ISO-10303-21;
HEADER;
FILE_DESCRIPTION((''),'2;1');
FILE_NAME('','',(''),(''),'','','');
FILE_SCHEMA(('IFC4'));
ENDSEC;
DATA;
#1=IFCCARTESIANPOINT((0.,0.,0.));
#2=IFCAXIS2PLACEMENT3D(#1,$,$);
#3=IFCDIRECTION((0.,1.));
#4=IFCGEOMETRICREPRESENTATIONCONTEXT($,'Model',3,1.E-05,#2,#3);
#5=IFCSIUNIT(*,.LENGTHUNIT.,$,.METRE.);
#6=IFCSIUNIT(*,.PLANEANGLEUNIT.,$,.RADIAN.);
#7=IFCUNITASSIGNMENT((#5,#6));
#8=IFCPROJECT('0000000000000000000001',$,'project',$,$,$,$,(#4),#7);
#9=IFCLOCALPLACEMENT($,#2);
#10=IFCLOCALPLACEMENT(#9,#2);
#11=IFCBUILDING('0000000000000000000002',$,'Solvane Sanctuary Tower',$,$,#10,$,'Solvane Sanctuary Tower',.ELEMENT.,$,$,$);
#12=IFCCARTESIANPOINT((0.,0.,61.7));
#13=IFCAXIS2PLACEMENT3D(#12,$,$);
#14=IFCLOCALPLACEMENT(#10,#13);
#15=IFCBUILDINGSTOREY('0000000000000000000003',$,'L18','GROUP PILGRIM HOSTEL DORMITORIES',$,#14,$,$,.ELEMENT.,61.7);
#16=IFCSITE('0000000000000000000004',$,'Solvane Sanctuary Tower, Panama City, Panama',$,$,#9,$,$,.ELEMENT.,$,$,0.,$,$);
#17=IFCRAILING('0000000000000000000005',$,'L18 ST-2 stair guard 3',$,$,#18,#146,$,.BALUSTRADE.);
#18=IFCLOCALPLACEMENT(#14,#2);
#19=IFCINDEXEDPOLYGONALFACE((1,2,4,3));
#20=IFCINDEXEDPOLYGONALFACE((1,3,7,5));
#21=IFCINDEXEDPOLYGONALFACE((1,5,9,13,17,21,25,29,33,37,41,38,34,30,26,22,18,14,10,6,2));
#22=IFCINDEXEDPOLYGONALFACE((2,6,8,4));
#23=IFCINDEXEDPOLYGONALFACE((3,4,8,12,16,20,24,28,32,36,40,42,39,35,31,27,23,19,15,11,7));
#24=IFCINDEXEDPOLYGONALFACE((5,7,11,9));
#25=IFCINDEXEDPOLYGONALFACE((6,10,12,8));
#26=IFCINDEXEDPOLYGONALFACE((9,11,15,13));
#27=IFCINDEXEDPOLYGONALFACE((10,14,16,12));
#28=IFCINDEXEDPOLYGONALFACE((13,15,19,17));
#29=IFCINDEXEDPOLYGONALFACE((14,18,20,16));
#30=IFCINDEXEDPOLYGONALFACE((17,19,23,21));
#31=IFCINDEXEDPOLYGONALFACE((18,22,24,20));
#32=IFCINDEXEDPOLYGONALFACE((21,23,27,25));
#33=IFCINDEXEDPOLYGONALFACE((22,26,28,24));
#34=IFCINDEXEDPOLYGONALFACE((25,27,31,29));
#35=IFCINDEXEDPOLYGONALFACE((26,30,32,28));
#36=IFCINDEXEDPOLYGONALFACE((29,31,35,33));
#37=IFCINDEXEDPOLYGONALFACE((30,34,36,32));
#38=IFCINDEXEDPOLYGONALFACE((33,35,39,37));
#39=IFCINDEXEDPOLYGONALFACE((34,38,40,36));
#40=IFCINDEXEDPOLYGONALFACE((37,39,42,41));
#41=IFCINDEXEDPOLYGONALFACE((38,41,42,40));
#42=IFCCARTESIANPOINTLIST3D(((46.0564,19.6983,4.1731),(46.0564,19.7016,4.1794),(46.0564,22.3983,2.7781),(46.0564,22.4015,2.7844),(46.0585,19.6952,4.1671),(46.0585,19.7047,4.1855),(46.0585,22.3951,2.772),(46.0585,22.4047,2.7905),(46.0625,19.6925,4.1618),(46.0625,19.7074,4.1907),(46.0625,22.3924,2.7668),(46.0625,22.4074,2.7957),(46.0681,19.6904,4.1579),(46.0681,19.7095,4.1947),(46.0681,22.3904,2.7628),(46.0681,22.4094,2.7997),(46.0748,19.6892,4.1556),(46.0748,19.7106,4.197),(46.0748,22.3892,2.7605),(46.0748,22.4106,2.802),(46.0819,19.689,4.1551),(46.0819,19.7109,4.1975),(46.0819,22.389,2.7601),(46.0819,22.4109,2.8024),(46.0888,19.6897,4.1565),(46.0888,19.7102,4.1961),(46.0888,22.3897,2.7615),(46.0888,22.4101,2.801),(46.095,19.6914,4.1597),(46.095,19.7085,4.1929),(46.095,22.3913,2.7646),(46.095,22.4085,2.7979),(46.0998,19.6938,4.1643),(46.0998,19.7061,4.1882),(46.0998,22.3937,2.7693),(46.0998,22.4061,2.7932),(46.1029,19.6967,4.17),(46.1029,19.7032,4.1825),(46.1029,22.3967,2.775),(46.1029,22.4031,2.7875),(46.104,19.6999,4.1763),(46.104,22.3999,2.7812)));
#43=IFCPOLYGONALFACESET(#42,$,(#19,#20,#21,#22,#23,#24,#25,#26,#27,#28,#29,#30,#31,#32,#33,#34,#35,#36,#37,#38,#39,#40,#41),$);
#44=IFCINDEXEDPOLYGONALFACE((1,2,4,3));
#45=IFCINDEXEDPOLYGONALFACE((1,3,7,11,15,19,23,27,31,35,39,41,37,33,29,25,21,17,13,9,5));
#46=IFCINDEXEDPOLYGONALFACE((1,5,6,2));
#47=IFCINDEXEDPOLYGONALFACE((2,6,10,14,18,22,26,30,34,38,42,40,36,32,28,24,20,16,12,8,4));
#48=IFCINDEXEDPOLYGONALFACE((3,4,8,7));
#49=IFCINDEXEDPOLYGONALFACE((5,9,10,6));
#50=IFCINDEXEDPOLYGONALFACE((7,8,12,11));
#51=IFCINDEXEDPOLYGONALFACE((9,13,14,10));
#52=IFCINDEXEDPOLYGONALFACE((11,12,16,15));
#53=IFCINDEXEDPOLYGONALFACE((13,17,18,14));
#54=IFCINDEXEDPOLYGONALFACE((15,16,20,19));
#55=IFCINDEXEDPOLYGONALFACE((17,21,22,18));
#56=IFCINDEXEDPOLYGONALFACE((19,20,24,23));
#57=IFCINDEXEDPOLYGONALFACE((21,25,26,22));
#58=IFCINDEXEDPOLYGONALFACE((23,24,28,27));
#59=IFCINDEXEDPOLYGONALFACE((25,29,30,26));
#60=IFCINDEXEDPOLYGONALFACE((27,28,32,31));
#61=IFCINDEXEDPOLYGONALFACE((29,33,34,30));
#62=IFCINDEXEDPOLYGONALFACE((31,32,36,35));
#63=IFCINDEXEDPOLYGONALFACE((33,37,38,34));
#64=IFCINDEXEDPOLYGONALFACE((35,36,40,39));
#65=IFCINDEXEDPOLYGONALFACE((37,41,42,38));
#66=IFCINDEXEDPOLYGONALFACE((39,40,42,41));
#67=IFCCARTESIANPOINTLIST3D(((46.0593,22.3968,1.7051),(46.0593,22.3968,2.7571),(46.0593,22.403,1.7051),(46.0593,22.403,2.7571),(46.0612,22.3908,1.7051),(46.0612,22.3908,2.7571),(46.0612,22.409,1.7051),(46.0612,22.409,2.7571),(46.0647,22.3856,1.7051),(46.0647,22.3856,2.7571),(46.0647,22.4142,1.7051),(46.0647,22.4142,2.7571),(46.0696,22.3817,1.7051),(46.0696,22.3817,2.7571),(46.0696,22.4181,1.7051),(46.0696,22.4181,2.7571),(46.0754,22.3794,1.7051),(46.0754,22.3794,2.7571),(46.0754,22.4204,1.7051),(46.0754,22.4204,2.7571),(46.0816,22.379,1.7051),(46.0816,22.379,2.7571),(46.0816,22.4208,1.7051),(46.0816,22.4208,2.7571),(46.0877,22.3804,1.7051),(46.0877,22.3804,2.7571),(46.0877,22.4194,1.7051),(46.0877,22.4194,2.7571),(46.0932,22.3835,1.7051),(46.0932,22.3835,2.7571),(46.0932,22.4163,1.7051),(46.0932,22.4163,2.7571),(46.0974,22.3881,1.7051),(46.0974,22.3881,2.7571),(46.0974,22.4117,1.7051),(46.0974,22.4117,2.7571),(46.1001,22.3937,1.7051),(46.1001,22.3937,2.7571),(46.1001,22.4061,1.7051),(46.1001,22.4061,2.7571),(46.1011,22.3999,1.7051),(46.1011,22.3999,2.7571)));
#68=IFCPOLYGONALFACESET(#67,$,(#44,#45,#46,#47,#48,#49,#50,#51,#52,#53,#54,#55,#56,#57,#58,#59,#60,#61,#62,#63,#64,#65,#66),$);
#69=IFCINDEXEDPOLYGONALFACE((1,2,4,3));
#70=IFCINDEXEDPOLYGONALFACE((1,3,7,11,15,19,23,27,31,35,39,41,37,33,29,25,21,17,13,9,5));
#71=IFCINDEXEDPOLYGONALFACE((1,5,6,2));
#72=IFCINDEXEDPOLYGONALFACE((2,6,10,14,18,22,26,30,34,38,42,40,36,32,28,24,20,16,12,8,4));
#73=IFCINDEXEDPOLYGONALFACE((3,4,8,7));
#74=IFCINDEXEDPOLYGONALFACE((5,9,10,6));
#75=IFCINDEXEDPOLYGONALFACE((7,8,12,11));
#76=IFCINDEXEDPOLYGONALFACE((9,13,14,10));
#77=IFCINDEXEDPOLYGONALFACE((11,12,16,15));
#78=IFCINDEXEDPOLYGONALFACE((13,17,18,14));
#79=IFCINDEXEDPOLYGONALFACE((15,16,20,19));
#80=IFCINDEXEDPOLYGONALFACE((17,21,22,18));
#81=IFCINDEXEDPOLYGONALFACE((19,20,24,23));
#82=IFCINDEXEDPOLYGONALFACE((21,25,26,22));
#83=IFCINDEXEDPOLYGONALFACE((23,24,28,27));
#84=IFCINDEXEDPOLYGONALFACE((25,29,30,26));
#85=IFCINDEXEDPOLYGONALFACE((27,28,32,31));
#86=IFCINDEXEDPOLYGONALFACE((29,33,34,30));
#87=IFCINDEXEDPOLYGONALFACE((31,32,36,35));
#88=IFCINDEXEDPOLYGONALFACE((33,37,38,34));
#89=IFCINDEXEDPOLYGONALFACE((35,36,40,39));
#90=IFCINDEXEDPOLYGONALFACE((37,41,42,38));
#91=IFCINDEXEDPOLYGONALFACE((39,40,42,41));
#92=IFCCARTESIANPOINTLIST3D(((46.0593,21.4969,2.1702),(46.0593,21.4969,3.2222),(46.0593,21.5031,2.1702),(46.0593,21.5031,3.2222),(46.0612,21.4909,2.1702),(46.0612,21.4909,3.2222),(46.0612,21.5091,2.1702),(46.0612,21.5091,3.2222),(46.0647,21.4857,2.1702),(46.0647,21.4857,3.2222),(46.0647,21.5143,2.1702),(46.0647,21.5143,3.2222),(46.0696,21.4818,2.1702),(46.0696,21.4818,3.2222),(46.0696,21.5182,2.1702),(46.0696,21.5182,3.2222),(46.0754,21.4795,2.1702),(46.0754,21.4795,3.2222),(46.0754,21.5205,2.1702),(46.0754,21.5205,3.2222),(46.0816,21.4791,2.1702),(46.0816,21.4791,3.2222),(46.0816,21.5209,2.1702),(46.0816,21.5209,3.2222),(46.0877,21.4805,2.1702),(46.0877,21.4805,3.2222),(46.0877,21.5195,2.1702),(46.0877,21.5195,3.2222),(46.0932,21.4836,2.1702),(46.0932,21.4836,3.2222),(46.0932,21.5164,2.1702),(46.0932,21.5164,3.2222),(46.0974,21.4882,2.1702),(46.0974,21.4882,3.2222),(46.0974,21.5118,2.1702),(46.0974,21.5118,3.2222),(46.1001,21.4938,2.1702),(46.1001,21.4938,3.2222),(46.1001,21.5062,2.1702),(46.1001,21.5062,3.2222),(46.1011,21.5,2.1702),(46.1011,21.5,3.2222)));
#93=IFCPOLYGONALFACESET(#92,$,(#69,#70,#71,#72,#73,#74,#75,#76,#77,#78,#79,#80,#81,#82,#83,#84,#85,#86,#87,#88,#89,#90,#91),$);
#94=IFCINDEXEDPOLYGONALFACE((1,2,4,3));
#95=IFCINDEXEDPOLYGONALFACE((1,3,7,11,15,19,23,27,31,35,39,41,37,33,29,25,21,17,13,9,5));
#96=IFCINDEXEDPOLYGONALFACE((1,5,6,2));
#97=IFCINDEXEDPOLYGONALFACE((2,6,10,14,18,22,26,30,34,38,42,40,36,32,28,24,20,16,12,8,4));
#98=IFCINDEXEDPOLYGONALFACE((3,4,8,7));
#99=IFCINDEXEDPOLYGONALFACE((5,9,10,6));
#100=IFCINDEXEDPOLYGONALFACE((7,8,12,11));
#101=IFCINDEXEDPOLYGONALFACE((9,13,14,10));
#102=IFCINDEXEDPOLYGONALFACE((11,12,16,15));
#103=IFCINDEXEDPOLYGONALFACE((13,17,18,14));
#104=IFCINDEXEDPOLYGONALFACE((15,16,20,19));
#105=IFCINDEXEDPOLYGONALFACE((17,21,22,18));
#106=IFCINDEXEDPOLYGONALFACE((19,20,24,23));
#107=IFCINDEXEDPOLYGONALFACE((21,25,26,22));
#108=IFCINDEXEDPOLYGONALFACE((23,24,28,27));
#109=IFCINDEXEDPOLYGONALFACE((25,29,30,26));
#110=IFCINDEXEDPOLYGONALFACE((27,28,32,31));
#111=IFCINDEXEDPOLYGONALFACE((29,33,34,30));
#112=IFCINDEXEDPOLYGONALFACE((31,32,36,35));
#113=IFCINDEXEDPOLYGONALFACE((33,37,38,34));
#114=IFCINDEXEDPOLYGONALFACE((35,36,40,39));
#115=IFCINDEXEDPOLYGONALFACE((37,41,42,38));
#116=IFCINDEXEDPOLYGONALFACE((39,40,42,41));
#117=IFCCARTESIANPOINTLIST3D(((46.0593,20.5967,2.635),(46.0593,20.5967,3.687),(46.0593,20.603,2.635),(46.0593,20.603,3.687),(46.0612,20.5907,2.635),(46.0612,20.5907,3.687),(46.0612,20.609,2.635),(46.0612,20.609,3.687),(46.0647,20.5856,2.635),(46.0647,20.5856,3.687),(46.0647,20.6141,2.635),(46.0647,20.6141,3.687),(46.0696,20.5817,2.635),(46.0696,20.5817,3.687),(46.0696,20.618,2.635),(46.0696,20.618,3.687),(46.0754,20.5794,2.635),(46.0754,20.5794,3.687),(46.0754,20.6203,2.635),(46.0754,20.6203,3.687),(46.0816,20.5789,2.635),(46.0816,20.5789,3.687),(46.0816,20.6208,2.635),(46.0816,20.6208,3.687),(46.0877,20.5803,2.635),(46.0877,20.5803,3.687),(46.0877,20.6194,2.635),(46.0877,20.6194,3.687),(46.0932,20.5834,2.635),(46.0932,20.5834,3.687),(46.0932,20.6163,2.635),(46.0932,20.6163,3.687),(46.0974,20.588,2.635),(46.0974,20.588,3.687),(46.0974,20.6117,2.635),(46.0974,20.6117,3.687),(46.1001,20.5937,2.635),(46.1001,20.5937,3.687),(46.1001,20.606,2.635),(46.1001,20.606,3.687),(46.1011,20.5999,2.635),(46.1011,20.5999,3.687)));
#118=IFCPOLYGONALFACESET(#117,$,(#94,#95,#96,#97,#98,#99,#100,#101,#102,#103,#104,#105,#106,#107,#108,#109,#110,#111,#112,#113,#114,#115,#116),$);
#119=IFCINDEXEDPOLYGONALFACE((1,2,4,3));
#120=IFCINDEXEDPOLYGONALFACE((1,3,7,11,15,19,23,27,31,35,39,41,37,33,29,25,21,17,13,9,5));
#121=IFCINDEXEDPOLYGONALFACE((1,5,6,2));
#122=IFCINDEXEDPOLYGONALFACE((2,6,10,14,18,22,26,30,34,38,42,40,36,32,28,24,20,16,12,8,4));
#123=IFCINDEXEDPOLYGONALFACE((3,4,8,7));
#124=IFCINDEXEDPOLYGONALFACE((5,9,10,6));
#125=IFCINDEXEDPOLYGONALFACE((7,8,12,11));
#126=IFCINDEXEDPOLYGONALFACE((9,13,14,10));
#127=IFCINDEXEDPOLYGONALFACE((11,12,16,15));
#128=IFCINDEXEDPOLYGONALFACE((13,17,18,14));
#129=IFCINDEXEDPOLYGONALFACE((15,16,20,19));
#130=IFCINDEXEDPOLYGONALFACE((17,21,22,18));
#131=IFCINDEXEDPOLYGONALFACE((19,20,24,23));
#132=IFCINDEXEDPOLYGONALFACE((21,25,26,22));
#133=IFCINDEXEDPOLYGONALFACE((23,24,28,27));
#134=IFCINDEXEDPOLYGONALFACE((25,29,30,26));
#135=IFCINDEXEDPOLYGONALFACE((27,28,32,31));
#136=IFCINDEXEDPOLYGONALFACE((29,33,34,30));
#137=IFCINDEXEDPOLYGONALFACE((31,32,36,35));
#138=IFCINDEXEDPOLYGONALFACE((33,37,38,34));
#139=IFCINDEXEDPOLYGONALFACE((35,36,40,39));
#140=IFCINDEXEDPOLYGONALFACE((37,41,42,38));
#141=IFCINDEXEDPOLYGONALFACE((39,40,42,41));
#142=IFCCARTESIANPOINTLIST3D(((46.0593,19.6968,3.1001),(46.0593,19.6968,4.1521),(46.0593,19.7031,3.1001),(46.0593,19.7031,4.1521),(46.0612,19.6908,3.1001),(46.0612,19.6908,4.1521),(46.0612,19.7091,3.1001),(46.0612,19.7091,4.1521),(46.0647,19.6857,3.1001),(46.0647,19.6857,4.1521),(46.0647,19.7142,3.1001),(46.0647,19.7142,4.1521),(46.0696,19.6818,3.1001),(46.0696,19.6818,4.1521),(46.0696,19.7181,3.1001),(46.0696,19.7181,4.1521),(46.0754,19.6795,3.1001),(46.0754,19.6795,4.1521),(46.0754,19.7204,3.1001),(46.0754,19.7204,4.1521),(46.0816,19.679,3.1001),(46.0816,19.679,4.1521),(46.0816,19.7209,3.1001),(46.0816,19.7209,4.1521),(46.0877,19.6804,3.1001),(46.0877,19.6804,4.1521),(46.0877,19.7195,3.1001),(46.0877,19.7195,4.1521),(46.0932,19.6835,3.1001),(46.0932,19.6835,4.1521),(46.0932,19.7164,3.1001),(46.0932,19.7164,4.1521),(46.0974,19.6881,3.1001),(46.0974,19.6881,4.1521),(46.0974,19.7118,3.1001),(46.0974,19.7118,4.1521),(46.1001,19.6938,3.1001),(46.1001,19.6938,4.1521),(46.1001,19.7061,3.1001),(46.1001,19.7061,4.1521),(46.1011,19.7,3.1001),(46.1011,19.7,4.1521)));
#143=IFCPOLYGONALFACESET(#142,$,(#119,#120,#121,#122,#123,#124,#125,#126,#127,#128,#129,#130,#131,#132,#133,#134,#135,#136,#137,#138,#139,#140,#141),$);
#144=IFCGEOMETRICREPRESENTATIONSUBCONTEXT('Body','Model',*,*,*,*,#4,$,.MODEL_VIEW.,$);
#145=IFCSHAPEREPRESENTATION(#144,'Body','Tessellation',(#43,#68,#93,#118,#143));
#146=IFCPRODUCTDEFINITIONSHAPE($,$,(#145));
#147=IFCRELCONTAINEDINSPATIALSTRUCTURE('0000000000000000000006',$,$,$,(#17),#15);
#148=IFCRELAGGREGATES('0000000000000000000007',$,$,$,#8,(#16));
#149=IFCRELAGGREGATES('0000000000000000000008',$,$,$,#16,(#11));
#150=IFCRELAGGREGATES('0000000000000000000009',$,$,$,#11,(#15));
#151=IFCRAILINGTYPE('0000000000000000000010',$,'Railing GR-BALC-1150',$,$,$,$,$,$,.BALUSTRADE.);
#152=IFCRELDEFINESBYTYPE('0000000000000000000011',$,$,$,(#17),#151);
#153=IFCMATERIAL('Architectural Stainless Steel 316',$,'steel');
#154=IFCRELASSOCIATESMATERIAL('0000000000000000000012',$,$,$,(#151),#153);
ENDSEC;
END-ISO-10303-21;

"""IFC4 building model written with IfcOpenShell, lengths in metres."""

from ifc_helpers import new_model, si_unit, direction, frame, origin, origin_2d, place, context, subcontext, project, spatial, circle, extrude, material, type_object, element, save


model = new_model("IFC4")

# Units and contexts
model_context = context("Model", 3, precision=1e-05, world=origin(), true_north=direction((0.0, 1.0)))
body_context = subcontext(model_context, "Body", "Model", "MODEL_VIEW")
ifc_project = project(units=[si_unit("LENGTHUNIT", "METRE"), si_unit("PLANEANGLEUNIT", "RADIAN")], contexts=[model_context])

# Site, building, storey
site_placement = place(None, origin())
site = spatial("IfcSite", under=ifc_project, at=site_placement, Name="Solvane Sanctuary Tower, Panama City, Panama", CompositionType="ELEMENT", RefElevation=0.0)
building_placement = place(site_placement, origin())
building = spatial("IfcBuilding", under=site, at=building_placement, Name="Solvane Sanctuary Tower", LongName="Solvane Sanctuary Tower", CompositionType="ELEMENT")
storey_placement = place(building_placement, frame((0.0, 0.0, 61.7)))
storey = spatial("IfcBuildingStorey", under=building, at=storey_placement, Name="L18", Description="GROUP PILGRIM HOSTEL DORMITORIES", CompositionType="ELEMENT", Elevation=61.7)

# Shared definitions
ifc_material_1 = material(Name="Architectural Stainless Steel 316", Category="steel")

# Railing
railing_type_1 = type_object("IfcRailingType", Name="Railing GR-BALC-1150", PredefinedType="BALUSTRADE", material=ifc_material_1)
railing_1_placement = place(storey_placement, frame((46.0801, 22.3999, 1.7051)))
element("IfcRailing", 1, at=railing_1_placement, inside=storey, type_object=railing_type_1, Name="L18 ST-2 stair guard 3", PredefinedType="BALUSTRADE", context=body_context, shape_type="SweptSolid", body=[
    extrude(circle(Radius=0.0239, at=origin_2d()), frame((0.0, 0.0, 1.0762), z_axis=(0.0, -0.88842, 0.459032), x_axis=(1.0, 0.0, 0.0)), (0.0, 0.0, 1.0), 3.0391),
    extrude(circle(Radius=0.021, at=origin_2d()), origin(), (0.0, 0.0, 1.0), 1.052),
    extrude(circle(Radius=0.021, at=origin_2d()), frame((0.0, -0.8999, 0.4651)), (0.0, 0.0, 1.0), 1.052),
    extrude(circle(Radius=0.021, at=origin_2d()), frame((0.0, -1.8, 0.9299)), (0.0, 0.0, 1.0), 1.052),
    extrude(circle(Radius=0.021, at=origin_2d()), frame((0.0, -2.7, 1.395)), (0.0, 0.0, 1.0), 1.052),
])

save(model, "model.ifc")
